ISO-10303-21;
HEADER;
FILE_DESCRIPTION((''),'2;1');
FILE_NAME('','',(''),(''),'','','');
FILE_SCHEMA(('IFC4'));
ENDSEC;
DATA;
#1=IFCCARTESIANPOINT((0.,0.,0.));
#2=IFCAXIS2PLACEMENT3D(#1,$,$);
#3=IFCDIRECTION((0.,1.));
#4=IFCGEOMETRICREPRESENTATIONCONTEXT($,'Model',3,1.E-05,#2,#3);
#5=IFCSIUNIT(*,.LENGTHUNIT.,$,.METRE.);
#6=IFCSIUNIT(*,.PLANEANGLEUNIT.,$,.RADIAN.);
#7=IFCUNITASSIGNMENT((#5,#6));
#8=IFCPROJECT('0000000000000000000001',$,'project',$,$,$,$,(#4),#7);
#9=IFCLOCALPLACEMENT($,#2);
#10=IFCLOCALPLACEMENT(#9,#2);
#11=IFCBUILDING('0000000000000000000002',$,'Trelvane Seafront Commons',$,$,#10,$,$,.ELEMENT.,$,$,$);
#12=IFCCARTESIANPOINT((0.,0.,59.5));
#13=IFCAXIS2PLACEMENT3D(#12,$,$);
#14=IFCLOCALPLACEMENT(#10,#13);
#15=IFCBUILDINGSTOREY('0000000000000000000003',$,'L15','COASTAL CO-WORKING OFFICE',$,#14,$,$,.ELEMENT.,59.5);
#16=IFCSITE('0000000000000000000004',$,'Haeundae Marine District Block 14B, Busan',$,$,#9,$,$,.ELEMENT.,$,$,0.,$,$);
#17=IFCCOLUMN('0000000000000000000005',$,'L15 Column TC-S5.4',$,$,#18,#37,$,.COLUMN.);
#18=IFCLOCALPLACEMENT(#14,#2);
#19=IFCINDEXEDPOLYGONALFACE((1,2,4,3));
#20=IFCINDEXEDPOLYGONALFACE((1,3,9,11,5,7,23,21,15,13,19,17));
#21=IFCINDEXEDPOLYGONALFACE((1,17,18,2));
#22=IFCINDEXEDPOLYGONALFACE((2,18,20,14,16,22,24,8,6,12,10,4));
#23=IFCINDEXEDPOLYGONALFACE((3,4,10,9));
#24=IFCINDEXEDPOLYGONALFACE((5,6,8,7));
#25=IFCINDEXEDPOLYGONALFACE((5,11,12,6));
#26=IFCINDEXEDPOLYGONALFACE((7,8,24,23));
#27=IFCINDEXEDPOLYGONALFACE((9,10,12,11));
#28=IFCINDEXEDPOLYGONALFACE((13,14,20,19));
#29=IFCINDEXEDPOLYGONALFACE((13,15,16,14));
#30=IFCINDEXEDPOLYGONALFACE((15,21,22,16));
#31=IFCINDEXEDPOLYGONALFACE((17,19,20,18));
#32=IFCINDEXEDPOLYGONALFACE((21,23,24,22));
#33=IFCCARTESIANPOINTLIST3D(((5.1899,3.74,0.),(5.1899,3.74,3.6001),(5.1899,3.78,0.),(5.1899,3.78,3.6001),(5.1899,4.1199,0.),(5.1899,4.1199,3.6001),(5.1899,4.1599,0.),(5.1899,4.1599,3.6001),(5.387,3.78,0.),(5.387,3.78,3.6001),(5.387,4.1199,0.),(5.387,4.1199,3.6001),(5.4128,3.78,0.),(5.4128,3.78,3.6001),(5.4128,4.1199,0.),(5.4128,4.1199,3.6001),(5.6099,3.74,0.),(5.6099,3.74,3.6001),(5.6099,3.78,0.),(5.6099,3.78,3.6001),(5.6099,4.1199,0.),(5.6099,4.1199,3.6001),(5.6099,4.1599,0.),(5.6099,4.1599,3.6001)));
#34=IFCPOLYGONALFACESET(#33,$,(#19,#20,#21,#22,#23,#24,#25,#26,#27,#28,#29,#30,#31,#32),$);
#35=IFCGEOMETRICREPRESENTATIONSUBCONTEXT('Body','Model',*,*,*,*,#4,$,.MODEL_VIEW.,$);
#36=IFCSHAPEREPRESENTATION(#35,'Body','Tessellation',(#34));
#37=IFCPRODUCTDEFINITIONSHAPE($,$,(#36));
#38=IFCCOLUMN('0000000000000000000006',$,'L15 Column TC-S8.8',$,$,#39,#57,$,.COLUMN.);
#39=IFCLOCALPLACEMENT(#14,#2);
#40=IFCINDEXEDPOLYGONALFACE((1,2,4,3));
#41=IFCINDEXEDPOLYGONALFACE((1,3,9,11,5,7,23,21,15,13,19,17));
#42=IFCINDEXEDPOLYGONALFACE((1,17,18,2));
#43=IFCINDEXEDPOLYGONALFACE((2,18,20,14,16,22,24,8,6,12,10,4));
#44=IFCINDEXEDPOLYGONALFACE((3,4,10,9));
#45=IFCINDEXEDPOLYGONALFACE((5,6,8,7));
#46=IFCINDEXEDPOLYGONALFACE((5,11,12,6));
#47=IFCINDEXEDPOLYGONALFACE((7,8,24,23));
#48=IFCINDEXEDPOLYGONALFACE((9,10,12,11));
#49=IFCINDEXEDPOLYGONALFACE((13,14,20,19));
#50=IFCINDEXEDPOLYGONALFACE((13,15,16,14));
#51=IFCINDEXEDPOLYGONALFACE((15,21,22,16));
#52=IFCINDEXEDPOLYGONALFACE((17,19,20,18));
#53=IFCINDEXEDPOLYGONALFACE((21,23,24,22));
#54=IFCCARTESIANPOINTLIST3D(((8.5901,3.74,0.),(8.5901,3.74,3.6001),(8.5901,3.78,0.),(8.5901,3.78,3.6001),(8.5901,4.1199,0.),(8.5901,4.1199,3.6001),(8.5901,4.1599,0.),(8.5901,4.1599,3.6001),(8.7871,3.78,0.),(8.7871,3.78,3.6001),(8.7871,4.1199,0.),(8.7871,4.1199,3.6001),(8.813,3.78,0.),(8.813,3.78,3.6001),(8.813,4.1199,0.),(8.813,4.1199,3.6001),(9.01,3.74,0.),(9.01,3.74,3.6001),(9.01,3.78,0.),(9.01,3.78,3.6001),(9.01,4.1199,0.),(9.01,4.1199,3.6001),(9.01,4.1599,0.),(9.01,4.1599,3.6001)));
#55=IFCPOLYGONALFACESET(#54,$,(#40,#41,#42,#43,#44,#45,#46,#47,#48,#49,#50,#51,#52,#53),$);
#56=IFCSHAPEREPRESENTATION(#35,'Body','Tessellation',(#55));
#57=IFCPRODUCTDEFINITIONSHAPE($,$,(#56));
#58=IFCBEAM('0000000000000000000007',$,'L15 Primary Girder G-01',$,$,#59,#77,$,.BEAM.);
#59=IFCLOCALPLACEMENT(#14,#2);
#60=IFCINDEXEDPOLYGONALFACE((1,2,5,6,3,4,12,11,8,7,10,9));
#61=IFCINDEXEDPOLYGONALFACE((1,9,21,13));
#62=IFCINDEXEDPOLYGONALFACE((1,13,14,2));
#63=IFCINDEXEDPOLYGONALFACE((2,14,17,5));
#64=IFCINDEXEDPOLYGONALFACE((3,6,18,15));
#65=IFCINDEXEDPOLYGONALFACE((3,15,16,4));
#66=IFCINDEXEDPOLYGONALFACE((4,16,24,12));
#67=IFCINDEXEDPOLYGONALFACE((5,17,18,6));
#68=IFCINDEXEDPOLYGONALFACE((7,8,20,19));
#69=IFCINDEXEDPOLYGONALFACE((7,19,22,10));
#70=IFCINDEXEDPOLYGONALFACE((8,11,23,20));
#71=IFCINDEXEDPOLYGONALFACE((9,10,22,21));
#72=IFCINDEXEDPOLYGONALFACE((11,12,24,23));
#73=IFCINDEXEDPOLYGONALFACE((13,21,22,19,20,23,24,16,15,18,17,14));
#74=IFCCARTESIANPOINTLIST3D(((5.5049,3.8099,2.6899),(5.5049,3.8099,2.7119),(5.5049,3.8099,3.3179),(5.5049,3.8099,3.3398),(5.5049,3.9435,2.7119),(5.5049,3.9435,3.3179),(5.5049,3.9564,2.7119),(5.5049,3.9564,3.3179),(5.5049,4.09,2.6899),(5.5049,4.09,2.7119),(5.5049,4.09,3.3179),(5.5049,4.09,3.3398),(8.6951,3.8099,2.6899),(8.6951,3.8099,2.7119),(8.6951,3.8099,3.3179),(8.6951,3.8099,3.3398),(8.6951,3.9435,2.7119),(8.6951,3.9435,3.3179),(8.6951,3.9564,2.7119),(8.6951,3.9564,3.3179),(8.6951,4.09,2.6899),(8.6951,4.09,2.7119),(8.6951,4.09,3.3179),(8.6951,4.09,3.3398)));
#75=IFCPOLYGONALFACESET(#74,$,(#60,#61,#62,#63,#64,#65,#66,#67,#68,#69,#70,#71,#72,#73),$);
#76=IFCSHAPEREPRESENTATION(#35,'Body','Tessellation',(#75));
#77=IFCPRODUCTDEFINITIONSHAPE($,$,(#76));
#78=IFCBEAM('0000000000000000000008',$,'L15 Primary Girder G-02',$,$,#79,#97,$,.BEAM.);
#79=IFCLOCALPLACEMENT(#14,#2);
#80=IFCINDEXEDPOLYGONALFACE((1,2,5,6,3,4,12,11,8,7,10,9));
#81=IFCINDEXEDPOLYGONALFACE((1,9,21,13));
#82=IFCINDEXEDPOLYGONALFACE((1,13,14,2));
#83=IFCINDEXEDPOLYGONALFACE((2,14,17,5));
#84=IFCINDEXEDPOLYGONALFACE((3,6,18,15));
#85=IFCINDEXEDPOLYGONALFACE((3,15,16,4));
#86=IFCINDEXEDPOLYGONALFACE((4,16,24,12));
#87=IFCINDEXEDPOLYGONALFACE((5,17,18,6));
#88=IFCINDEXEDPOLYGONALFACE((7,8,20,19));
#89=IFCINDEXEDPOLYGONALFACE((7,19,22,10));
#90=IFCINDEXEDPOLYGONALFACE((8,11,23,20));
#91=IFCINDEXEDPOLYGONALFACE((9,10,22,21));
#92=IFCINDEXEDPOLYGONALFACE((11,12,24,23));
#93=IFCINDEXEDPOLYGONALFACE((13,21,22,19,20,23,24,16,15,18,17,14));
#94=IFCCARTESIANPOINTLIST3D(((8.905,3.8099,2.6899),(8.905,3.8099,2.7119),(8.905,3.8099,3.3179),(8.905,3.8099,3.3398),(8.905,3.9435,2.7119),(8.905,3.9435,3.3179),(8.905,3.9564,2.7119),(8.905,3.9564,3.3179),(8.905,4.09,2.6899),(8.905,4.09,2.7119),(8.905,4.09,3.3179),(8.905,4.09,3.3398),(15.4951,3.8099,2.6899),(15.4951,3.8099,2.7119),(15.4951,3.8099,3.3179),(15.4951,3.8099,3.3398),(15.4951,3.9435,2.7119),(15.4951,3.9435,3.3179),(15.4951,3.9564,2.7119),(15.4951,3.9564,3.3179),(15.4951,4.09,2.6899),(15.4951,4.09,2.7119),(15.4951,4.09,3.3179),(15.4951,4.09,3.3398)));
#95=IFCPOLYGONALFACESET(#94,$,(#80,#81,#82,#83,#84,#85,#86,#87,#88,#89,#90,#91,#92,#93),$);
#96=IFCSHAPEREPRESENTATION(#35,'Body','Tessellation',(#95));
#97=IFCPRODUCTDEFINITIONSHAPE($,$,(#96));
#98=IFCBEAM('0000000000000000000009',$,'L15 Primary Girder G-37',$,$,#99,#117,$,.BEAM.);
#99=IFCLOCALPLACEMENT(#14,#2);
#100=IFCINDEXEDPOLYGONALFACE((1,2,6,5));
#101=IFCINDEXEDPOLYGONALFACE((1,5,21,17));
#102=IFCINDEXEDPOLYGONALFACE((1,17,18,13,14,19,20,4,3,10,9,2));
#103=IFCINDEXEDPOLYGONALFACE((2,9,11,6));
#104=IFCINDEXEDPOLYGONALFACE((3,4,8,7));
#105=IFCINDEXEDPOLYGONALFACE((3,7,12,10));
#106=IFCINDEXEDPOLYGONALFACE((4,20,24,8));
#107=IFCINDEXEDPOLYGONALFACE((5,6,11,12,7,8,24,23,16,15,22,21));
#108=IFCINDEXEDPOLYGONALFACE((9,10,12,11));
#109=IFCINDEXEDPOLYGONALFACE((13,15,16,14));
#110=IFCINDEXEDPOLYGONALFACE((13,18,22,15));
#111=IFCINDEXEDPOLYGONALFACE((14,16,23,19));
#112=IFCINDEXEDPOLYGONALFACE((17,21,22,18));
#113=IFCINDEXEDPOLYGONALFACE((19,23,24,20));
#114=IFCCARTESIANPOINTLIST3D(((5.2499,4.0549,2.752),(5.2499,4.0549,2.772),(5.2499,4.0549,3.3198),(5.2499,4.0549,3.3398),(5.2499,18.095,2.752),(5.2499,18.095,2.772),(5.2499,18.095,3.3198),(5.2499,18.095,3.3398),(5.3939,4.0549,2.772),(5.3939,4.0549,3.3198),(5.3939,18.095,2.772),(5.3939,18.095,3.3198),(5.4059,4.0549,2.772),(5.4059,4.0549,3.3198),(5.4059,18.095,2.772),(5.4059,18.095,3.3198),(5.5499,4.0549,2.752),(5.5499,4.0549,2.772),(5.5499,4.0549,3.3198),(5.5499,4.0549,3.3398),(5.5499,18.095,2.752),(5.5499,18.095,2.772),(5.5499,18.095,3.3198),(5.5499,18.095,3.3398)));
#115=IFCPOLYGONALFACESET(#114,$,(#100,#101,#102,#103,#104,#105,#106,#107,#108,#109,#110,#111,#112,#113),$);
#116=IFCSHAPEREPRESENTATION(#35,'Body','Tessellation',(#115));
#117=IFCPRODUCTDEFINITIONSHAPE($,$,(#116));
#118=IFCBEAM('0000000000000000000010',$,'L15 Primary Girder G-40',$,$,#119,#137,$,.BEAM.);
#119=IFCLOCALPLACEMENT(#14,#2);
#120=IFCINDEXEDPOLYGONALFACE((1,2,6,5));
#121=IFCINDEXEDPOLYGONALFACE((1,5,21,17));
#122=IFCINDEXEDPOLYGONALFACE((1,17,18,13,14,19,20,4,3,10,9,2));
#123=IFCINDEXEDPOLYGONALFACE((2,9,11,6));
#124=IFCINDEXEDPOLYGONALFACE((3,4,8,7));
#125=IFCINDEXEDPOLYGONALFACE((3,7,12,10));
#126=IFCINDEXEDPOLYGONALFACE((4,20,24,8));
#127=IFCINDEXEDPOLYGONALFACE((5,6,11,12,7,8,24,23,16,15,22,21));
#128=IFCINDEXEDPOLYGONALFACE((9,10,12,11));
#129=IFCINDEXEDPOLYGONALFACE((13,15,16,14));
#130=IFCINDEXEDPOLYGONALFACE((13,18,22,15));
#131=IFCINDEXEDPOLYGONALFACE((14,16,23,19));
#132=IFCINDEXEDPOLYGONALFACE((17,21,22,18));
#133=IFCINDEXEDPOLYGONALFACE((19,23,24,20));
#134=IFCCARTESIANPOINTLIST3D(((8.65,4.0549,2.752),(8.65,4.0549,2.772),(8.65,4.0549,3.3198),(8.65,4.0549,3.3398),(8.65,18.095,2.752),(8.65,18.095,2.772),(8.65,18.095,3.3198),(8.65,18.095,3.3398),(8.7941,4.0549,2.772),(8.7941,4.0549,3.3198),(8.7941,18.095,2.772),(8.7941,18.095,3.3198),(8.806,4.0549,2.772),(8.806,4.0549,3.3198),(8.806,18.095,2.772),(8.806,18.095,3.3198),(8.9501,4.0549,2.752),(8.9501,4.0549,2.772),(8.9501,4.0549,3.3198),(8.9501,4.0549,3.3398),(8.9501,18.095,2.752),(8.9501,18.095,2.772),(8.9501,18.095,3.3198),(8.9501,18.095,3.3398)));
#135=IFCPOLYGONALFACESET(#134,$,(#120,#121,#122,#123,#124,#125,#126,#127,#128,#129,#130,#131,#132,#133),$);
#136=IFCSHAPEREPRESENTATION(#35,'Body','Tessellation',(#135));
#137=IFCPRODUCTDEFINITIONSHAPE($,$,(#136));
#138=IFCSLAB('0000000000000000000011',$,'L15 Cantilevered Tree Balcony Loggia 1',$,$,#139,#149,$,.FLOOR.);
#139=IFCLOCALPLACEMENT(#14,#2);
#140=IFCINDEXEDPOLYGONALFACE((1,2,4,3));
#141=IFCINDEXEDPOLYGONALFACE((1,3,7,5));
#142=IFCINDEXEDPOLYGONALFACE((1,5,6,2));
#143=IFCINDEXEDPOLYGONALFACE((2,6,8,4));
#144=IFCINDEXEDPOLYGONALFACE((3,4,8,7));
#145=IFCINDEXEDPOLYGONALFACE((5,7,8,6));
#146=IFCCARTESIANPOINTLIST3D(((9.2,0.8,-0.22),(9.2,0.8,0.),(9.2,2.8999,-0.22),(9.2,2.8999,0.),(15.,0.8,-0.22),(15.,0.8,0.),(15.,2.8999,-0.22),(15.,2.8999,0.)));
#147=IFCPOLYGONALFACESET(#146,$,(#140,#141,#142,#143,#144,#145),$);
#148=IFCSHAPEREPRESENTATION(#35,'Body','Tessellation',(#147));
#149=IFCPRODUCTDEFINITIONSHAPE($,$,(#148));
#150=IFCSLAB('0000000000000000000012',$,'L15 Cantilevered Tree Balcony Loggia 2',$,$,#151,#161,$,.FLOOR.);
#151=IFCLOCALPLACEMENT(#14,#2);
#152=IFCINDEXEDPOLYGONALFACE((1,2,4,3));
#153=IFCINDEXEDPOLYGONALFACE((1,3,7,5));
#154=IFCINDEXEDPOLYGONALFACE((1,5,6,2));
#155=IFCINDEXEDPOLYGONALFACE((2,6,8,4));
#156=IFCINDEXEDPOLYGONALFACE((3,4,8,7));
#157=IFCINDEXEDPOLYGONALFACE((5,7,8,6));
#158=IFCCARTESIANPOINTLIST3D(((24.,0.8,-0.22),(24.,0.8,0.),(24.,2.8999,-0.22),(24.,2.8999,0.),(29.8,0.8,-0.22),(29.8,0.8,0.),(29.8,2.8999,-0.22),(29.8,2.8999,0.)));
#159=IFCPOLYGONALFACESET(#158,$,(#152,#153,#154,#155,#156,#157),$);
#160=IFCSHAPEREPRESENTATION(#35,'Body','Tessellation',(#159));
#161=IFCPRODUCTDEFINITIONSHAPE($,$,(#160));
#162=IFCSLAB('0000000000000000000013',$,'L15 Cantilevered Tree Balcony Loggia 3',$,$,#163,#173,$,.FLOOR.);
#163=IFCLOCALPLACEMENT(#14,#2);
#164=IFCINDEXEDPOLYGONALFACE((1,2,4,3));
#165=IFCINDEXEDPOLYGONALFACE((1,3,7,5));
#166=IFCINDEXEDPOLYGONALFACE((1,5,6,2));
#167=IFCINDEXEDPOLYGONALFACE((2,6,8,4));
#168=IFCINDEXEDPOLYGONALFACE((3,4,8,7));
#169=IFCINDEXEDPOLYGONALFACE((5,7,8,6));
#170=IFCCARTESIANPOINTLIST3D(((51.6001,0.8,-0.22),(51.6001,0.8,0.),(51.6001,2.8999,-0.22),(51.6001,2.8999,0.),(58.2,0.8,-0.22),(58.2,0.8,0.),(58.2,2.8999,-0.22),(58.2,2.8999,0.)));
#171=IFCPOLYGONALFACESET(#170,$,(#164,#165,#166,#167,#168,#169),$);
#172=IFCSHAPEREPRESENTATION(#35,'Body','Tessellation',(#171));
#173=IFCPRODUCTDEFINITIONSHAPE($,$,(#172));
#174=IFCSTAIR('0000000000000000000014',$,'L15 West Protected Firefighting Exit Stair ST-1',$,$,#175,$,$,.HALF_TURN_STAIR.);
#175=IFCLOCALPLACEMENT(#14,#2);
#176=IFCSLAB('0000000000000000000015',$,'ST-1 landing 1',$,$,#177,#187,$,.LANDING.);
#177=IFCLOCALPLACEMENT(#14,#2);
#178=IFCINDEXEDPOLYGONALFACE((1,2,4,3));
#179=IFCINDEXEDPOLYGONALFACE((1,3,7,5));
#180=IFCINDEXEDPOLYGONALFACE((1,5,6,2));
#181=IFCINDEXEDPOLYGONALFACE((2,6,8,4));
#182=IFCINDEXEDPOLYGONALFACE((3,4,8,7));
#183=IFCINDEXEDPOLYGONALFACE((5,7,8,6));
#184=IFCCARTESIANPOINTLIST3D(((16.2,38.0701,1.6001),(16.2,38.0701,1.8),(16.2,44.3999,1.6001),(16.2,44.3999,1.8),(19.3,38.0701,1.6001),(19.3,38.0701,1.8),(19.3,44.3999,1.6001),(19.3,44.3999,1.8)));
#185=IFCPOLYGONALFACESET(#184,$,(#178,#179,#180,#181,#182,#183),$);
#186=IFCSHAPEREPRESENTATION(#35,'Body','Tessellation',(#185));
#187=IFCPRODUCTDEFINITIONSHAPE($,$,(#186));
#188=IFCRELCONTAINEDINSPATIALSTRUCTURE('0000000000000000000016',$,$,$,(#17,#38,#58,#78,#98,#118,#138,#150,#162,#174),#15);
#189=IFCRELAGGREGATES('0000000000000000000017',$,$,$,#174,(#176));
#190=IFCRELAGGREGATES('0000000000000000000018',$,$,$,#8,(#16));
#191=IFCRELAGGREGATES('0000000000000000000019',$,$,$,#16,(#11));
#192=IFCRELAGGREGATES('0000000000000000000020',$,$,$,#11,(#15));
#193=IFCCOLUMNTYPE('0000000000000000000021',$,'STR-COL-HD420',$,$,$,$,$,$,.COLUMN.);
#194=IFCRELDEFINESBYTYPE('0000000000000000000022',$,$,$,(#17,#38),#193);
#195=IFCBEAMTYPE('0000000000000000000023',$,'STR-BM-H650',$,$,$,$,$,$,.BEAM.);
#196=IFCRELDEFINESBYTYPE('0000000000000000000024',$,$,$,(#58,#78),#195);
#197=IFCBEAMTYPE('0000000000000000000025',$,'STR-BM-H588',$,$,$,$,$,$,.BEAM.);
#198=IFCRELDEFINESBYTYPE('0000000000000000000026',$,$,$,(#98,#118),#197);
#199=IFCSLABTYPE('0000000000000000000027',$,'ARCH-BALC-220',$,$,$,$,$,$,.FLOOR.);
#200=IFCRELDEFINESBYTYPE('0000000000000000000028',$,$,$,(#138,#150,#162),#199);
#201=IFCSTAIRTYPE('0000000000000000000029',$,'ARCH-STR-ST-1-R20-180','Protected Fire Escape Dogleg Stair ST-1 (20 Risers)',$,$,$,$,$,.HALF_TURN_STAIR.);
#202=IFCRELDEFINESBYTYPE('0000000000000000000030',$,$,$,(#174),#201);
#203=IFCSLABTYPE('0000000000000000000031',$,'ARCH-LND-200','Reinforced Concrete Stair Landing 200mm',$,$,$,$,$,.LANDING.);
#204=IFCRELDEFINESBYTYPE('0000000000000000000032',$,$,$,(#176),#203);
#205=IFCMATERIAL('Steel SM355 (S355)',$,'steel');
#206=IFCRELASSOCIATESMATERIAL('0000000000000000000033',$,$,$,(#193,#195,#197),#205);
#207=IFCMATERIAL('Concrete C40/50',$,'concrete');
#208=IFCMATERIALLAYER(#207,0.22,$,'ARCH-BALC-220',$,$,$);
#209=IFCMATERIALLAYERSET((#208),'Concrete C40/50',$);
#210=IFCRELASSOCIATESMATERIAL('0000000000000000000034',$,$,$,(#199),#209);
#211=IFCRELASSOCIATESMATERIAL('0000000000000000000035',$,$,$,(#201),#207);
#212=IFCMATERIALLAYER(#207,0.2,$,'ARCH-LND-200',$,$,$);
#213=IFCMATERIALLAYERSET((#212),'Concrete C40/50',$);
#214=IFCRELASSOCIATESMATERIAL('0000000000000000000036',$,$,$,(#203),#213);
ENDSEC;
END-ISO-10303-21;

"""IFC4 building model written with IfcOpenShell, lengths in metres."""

from ifc_helpers import new_model, si_unit, direction, frame, origin, origin_2d, place, context, subcontext, project, spatial, polyline, i_section, outline, extrude, source, transform, mapped, material, layer, layer_set, material_profile, profile_set, type_object, element, aggregate, save


model = new_model("IFC4")

# Units and contexts
model_context = context("Model", 3, precision=1e-05, world=origin(), true_north=direction((0.0, 1.0)))
body_context = subcontext(model_context, "Body", "Model", "MODEL_VIEW")
ifc_project = project(units=[si_unit("LENGTHUNIT", "METRE"), si_unit("PLANEANGLEUNIT", "RADIAN")], contexts=[model_context])

# Site, building, storey
site_placement = place(None, origin())
site = spatial("IfcSite", under=ifc_project, at=site_placement, Name="Haeundae Marine District Block 14B, Busan", CompositionType="ELEMENT", RefElevation=0.0)
building_placement = place(site_placement, origin())
building = spatial("IfcBuilding", under=site, at=building_placement, Name="Trelvane Seafront Commons", CompositionType="ELEMENT")
storey_placement = place(building_placement, frame((0.0, 0.0, 59.5)))
storey = spatial("IfcBuildingStorey", under=building, at=storey_placement, Name="L15", Description="COASTAL CO-WORKING OFFICE", CompositionType="ELEMENT", Elevation=59.5)

# Columns
ifc_material_1 = material(Name="Steel SM355 (S355)", Category="steel")
ifc_material_profile_1 = material_profile(ifc_material_1, i_section(OverallWidth=0.4199, OverallDepth=0.4199, WebThickness=0.0259, FlangeThickness=0.04, at=origin_2d()), Name="HD-420x420x26x40")
ifc_profile_set_1 = profile_set([ifc_material_profile_1], Name="Steel SM355 (S355)")
column_type = type_object("IfcColumnType", Name="STR-COL-HD420", PredefinedType="COLUMN", material=ifc_profile_set_1)
shared_shape_1 = source(origin(), body_context, "Body", "SweptSolid", [
    extrude(i_section(OverallWidth=0.4199, OverallDepth=0.4199, WebThickness=0.0259, FlangeThickness=0.04, at=origin_2d()), origin(), (0.0, 0.0, 1.0), 3.6001),
])
for number, where, z_axis, x_axis, name in (
    (1, (5.3999, 3.95, 0.0), (0.0, 0.0, 1.0), (1.0, 0.0, 0.0), "L15 Column TC-S5.4"),
    (2, (8.8, 3.95, 0.0), (0.0, 0.0, 1.0), (1.0, 0.0, 0.0), "L15 Column TC-S8.8"),
):
    element("IfcColumn", number, at=place(storey_placement, frame(where, z_axis=z_axis, x_axis=x_axis)), inside=storey, type_object=column_type, Name=name, PredefinedType="COLUMN", context=body_context, shape_type="MappedRepresentation", body=[
        mapped(shared_shape_1, transform((0.0, 0.0, 0.0), x_axis=(1.0, 0.0, 0.0), y_axis=(0.0, 1.0, 0.0), z_axis=(0.0, 0.0, 1.0), scale=1.0)),
    ])

# Beams
ifc_material_profile_2 = material_profile(ifc_material_1, i_section(OverallWidth=0.28, OverallDepth=0.6499, WebThickness=0.0129, FlangeThickness=0.022, at=origin_2d()), Name="H-650x280x13x22")
ifc_profile_set_2 = profile_set([ifc_material_profile_2], Name="Steel SM355 (S355)")
beam_type_1 = type_object("IfcBeamType", Name="STR-BM-H650", PredefinedType="BEAM", material=ifc_profile_set_2)
shared_shape_2 = source(origin(), body_context, "Body", "SweptSolid", [
    extrude(i_section(OverallWidth=0.28, OverallDepth=0.6499, WebThickness=0.0129, FlangeThickness=0.022, at=origin_2d()), origin(), (0.0, 0.0, 1.0), 3.1902),
])
beam_1_placement = place(storey_placement, frame((5.5049, 3.95, 3.0149), z_axis=(1.0, 0.0, 0.0), x_axis=(0.0, 1.0, 0.0)))
element("IfcBeam", 3, at=beam_1_placement, inside=storey, type_object=beam_type_1, Name="L15 Primary Girder G-01", PredefinedType="BEAM", context=body_context, shape_type="MappedRepresentation", body=[
    mapped(shared_shape_2, transform((0.0, 0.0, 0.0), x_axis=(1.0, 0.0, 0.0), y_axis=(0.0, 1.0, 0.0), z_axis=(0.0, 0.0, 1.0), scale=1.0)),
])
shared_shape_3 = source(origin(), body_context, "Body", "SweptSolid", [
    extrude(i_section(OverallWidth=0.28, OverallDepth=0.6499, WebThickness=0.0129, FlangeThickness=0.022, at=origin_2d()), origin(), (0.0, 0.0, 1.0), 6.5901),
])
beam_2_placement = place(storey_placement, frame((8.905, 3.95, 3.0149), z_axis=(1.0, 0.0, 0.0), x_axis=(0.0, 1.0, 0.0)))
element("IfcBeam", 4, at=beam_2_placement, inside=storey, type_object=beam_type_1, Name="L15 Primary Girder G-02", PredefinedType="BEAM", context=body_context, shape_type="MappedRepresentation", body=[
    mapped(shared_shape_3, transform((0.0, 0.0, 0.0), x_axis=(1.0, 0.0, 0.0), y_axis=(0.0, 1.0, 0.0), z_axis=(0.0, 0.0, 1.0), scale=1.0)),
])
ifc_material_profile_3 = material_profile(ifc_material_1, i_section(OverallWidth=0.3, OverallDepth=0.5879, WebThickness=0.012, FlangeThickness=0.02, at=origin_2d()), Name="H-588x300x12x20")
ifc_profile_set_3 = profile_set([ifc_material_profile_3], Name="Steel SM355 (S355)")
beam_type_2 = type_object("IfcBeamType", Name="STR-BM-H588", PredefinedType="BEAM", material=ifc_profile_set_3)
shared_shape_4 = source(origin(), body_context, "Body", "SweptSolid", [
    extrude(i_section(OverallWidth=0.3, OverallDepth=0.5879, WebThickness=0.012, FlangeThickness=0.02, at=origin_2d()), origin(), (0.0, 0.0, 1.0), 14.04),
])
for number, where, z_axis, x_axis, name in (
    (5, (5.3999, 4.0549, 3.0459), (0.0, 1.0, 0.0), (-1.0, 0.0, 0.0), "L15 Primary Girder G-37"),
    (6, (8.8, 4.0549, 3.0459), (0.0, 1.0, 0.0), (-1.0, 0.0, 0.0), "L15 Primary Girder G-40"),
):
    element("IfcBeam", number, at=place(storey_placement, frame(where, z_axis=z_axis, x_axis=x_axis)), inside=storey, type_object=beam_type_2, Name=name, PredefinedType="BEAM", context=body_context, shape_type="MappedRepresentation", body=[
        mapped(shared_shape_4, transform((0.0, 0.0, 0.0), x_axis=(1.0, 0.0, 0.0), y_axis=(0.0, 1.0, 0.0), z_axis=(0.0, 0.0, 1.0), scale=1.0)),
    ])

# Slabs
ifc_material_2 = material(Name="Concrete C40/50", Category="concrete")
ifc_layer_1 = layer(ifc_material_2, 0.22, Name="ARCH-BALC-220")
ifc_layer_set_1 = layer_set([ifc_layer_1], Name="Concrete C40/50")
slab_type_1 = type_object("IfcSlabType", Name="ARCH-BALC-220", PredefinedType="FLOOR", material=ifc_layer_set_1)
slab_1_placement = place(storey_placement, frame((0.0, 0.0, -0.22)))
element("IfcSlab", 7, at=slab_1_placement, inside=storey, type_object=slab_type_1, Name="L15 Cantilevered Tree Balcony Loggia 1", PredefinedType="FLOOR", context=body_context, shape_type="SweptSolid", body=[
    extrude(outline(polyline([(9.2, 0.8), (15.0, 0.8), (15.0, 2.8999), (9.2, 2.8999), (9.2, 0.8)])), origin(), (0.0, 0.0, 1.0), 0.22),
])
slab_2_placement = place(storey_placement, frame((0.0, 0.0, -0.22)))
element("IfcSlab", 8, at=slab_2_placement, inside=storey, type_object=slab_type_1, Name="L15 Cantilevered Tree Balcony Loggia 2", PredefinedType="FLOOR", context=body_context, shape_type="SweptSolid", body=[
    extrude(outline(polyline([(24.0, 0.8), (29.8, 0.8), (29.8, 2.8999), (24.0, 2.8999), (24.0, 0.8)])), origin(), (0.0, 0.0, 1.0), 0.22),
])
slab_3_placement = place(storey_placement, frame((0.0, 0.0, -0.22)))
element("IfcSlab", 9, at=slab_3_placement, inside=storey, type_object=slab_type_1, Name="L15 Cantilevered Tree Balcony Loggia 3", PredefinedType="FLOOR", context=body_context, shape_type="SweptSolid", body=[
    extrude(outline(polyline([(51.6001, 0.8), (58.2, 0.8), (58.2, 2.8999), (51.6001, 2.8999), (51.6001, 0.8)])), origin(), (0.0, 0.0, 1.0), 0.22),
])

# Stair, slab
stair_type_1 = type_object("IfcStairType", Name="ARCH-STR-ST-1-R20-180", Description="Protected Fire Escape Dogleg Stair ST-1 (20 Risers)", PredefinedType="HALF_TURN_STAIR", material=ifc_material_2)
stair_1_placement = place(storey_placement, origin())
stair_1 = element("IfcStair", 10, at=stair_1_placement, inside=storey, type_object=stair_type_1, Name="L15 West Protected Firefighting Exit Stair ST-1", PredefinedType="HALF_TURN_STAIR")
ifc_layer_2 = layer(ifc_material_2, 0.2, Name="ARCH-LND-200")
ifc_layer_set_2 = layer_set([ifc_layer_2], Name="Concrete C40/50")
slab_type_2 = type_object("IfcSlabType", Name="ARCH-LND-200", Description="Reinforced Concrete Stair Landing 200mm", PredefinedType="LANDING", material=ifc_layer_set_2)
slab_4_placement = place(storey_placement, frame((0.0, 0.0, 1.6001)))
slab_4 = element("IfcSlab", 11, at=slab_4_placement, type_object=slab_type_2, Name="ST-1 landing 1", PredefinedType="LANDING", context=body_context, shape_type="SweptSolid", body=[
    extrude(outline(polyline([(19.3, 38.0701), (19.3, 44.3999), (16.2, 44.3999), (16.2, 38.0701), (19.3, 38.0701)])), origin(), (0.0, 0.0, 1.0), 0.2),
])
aggregate(stair_1, [slab_4])

save(model, "model.ifc")
